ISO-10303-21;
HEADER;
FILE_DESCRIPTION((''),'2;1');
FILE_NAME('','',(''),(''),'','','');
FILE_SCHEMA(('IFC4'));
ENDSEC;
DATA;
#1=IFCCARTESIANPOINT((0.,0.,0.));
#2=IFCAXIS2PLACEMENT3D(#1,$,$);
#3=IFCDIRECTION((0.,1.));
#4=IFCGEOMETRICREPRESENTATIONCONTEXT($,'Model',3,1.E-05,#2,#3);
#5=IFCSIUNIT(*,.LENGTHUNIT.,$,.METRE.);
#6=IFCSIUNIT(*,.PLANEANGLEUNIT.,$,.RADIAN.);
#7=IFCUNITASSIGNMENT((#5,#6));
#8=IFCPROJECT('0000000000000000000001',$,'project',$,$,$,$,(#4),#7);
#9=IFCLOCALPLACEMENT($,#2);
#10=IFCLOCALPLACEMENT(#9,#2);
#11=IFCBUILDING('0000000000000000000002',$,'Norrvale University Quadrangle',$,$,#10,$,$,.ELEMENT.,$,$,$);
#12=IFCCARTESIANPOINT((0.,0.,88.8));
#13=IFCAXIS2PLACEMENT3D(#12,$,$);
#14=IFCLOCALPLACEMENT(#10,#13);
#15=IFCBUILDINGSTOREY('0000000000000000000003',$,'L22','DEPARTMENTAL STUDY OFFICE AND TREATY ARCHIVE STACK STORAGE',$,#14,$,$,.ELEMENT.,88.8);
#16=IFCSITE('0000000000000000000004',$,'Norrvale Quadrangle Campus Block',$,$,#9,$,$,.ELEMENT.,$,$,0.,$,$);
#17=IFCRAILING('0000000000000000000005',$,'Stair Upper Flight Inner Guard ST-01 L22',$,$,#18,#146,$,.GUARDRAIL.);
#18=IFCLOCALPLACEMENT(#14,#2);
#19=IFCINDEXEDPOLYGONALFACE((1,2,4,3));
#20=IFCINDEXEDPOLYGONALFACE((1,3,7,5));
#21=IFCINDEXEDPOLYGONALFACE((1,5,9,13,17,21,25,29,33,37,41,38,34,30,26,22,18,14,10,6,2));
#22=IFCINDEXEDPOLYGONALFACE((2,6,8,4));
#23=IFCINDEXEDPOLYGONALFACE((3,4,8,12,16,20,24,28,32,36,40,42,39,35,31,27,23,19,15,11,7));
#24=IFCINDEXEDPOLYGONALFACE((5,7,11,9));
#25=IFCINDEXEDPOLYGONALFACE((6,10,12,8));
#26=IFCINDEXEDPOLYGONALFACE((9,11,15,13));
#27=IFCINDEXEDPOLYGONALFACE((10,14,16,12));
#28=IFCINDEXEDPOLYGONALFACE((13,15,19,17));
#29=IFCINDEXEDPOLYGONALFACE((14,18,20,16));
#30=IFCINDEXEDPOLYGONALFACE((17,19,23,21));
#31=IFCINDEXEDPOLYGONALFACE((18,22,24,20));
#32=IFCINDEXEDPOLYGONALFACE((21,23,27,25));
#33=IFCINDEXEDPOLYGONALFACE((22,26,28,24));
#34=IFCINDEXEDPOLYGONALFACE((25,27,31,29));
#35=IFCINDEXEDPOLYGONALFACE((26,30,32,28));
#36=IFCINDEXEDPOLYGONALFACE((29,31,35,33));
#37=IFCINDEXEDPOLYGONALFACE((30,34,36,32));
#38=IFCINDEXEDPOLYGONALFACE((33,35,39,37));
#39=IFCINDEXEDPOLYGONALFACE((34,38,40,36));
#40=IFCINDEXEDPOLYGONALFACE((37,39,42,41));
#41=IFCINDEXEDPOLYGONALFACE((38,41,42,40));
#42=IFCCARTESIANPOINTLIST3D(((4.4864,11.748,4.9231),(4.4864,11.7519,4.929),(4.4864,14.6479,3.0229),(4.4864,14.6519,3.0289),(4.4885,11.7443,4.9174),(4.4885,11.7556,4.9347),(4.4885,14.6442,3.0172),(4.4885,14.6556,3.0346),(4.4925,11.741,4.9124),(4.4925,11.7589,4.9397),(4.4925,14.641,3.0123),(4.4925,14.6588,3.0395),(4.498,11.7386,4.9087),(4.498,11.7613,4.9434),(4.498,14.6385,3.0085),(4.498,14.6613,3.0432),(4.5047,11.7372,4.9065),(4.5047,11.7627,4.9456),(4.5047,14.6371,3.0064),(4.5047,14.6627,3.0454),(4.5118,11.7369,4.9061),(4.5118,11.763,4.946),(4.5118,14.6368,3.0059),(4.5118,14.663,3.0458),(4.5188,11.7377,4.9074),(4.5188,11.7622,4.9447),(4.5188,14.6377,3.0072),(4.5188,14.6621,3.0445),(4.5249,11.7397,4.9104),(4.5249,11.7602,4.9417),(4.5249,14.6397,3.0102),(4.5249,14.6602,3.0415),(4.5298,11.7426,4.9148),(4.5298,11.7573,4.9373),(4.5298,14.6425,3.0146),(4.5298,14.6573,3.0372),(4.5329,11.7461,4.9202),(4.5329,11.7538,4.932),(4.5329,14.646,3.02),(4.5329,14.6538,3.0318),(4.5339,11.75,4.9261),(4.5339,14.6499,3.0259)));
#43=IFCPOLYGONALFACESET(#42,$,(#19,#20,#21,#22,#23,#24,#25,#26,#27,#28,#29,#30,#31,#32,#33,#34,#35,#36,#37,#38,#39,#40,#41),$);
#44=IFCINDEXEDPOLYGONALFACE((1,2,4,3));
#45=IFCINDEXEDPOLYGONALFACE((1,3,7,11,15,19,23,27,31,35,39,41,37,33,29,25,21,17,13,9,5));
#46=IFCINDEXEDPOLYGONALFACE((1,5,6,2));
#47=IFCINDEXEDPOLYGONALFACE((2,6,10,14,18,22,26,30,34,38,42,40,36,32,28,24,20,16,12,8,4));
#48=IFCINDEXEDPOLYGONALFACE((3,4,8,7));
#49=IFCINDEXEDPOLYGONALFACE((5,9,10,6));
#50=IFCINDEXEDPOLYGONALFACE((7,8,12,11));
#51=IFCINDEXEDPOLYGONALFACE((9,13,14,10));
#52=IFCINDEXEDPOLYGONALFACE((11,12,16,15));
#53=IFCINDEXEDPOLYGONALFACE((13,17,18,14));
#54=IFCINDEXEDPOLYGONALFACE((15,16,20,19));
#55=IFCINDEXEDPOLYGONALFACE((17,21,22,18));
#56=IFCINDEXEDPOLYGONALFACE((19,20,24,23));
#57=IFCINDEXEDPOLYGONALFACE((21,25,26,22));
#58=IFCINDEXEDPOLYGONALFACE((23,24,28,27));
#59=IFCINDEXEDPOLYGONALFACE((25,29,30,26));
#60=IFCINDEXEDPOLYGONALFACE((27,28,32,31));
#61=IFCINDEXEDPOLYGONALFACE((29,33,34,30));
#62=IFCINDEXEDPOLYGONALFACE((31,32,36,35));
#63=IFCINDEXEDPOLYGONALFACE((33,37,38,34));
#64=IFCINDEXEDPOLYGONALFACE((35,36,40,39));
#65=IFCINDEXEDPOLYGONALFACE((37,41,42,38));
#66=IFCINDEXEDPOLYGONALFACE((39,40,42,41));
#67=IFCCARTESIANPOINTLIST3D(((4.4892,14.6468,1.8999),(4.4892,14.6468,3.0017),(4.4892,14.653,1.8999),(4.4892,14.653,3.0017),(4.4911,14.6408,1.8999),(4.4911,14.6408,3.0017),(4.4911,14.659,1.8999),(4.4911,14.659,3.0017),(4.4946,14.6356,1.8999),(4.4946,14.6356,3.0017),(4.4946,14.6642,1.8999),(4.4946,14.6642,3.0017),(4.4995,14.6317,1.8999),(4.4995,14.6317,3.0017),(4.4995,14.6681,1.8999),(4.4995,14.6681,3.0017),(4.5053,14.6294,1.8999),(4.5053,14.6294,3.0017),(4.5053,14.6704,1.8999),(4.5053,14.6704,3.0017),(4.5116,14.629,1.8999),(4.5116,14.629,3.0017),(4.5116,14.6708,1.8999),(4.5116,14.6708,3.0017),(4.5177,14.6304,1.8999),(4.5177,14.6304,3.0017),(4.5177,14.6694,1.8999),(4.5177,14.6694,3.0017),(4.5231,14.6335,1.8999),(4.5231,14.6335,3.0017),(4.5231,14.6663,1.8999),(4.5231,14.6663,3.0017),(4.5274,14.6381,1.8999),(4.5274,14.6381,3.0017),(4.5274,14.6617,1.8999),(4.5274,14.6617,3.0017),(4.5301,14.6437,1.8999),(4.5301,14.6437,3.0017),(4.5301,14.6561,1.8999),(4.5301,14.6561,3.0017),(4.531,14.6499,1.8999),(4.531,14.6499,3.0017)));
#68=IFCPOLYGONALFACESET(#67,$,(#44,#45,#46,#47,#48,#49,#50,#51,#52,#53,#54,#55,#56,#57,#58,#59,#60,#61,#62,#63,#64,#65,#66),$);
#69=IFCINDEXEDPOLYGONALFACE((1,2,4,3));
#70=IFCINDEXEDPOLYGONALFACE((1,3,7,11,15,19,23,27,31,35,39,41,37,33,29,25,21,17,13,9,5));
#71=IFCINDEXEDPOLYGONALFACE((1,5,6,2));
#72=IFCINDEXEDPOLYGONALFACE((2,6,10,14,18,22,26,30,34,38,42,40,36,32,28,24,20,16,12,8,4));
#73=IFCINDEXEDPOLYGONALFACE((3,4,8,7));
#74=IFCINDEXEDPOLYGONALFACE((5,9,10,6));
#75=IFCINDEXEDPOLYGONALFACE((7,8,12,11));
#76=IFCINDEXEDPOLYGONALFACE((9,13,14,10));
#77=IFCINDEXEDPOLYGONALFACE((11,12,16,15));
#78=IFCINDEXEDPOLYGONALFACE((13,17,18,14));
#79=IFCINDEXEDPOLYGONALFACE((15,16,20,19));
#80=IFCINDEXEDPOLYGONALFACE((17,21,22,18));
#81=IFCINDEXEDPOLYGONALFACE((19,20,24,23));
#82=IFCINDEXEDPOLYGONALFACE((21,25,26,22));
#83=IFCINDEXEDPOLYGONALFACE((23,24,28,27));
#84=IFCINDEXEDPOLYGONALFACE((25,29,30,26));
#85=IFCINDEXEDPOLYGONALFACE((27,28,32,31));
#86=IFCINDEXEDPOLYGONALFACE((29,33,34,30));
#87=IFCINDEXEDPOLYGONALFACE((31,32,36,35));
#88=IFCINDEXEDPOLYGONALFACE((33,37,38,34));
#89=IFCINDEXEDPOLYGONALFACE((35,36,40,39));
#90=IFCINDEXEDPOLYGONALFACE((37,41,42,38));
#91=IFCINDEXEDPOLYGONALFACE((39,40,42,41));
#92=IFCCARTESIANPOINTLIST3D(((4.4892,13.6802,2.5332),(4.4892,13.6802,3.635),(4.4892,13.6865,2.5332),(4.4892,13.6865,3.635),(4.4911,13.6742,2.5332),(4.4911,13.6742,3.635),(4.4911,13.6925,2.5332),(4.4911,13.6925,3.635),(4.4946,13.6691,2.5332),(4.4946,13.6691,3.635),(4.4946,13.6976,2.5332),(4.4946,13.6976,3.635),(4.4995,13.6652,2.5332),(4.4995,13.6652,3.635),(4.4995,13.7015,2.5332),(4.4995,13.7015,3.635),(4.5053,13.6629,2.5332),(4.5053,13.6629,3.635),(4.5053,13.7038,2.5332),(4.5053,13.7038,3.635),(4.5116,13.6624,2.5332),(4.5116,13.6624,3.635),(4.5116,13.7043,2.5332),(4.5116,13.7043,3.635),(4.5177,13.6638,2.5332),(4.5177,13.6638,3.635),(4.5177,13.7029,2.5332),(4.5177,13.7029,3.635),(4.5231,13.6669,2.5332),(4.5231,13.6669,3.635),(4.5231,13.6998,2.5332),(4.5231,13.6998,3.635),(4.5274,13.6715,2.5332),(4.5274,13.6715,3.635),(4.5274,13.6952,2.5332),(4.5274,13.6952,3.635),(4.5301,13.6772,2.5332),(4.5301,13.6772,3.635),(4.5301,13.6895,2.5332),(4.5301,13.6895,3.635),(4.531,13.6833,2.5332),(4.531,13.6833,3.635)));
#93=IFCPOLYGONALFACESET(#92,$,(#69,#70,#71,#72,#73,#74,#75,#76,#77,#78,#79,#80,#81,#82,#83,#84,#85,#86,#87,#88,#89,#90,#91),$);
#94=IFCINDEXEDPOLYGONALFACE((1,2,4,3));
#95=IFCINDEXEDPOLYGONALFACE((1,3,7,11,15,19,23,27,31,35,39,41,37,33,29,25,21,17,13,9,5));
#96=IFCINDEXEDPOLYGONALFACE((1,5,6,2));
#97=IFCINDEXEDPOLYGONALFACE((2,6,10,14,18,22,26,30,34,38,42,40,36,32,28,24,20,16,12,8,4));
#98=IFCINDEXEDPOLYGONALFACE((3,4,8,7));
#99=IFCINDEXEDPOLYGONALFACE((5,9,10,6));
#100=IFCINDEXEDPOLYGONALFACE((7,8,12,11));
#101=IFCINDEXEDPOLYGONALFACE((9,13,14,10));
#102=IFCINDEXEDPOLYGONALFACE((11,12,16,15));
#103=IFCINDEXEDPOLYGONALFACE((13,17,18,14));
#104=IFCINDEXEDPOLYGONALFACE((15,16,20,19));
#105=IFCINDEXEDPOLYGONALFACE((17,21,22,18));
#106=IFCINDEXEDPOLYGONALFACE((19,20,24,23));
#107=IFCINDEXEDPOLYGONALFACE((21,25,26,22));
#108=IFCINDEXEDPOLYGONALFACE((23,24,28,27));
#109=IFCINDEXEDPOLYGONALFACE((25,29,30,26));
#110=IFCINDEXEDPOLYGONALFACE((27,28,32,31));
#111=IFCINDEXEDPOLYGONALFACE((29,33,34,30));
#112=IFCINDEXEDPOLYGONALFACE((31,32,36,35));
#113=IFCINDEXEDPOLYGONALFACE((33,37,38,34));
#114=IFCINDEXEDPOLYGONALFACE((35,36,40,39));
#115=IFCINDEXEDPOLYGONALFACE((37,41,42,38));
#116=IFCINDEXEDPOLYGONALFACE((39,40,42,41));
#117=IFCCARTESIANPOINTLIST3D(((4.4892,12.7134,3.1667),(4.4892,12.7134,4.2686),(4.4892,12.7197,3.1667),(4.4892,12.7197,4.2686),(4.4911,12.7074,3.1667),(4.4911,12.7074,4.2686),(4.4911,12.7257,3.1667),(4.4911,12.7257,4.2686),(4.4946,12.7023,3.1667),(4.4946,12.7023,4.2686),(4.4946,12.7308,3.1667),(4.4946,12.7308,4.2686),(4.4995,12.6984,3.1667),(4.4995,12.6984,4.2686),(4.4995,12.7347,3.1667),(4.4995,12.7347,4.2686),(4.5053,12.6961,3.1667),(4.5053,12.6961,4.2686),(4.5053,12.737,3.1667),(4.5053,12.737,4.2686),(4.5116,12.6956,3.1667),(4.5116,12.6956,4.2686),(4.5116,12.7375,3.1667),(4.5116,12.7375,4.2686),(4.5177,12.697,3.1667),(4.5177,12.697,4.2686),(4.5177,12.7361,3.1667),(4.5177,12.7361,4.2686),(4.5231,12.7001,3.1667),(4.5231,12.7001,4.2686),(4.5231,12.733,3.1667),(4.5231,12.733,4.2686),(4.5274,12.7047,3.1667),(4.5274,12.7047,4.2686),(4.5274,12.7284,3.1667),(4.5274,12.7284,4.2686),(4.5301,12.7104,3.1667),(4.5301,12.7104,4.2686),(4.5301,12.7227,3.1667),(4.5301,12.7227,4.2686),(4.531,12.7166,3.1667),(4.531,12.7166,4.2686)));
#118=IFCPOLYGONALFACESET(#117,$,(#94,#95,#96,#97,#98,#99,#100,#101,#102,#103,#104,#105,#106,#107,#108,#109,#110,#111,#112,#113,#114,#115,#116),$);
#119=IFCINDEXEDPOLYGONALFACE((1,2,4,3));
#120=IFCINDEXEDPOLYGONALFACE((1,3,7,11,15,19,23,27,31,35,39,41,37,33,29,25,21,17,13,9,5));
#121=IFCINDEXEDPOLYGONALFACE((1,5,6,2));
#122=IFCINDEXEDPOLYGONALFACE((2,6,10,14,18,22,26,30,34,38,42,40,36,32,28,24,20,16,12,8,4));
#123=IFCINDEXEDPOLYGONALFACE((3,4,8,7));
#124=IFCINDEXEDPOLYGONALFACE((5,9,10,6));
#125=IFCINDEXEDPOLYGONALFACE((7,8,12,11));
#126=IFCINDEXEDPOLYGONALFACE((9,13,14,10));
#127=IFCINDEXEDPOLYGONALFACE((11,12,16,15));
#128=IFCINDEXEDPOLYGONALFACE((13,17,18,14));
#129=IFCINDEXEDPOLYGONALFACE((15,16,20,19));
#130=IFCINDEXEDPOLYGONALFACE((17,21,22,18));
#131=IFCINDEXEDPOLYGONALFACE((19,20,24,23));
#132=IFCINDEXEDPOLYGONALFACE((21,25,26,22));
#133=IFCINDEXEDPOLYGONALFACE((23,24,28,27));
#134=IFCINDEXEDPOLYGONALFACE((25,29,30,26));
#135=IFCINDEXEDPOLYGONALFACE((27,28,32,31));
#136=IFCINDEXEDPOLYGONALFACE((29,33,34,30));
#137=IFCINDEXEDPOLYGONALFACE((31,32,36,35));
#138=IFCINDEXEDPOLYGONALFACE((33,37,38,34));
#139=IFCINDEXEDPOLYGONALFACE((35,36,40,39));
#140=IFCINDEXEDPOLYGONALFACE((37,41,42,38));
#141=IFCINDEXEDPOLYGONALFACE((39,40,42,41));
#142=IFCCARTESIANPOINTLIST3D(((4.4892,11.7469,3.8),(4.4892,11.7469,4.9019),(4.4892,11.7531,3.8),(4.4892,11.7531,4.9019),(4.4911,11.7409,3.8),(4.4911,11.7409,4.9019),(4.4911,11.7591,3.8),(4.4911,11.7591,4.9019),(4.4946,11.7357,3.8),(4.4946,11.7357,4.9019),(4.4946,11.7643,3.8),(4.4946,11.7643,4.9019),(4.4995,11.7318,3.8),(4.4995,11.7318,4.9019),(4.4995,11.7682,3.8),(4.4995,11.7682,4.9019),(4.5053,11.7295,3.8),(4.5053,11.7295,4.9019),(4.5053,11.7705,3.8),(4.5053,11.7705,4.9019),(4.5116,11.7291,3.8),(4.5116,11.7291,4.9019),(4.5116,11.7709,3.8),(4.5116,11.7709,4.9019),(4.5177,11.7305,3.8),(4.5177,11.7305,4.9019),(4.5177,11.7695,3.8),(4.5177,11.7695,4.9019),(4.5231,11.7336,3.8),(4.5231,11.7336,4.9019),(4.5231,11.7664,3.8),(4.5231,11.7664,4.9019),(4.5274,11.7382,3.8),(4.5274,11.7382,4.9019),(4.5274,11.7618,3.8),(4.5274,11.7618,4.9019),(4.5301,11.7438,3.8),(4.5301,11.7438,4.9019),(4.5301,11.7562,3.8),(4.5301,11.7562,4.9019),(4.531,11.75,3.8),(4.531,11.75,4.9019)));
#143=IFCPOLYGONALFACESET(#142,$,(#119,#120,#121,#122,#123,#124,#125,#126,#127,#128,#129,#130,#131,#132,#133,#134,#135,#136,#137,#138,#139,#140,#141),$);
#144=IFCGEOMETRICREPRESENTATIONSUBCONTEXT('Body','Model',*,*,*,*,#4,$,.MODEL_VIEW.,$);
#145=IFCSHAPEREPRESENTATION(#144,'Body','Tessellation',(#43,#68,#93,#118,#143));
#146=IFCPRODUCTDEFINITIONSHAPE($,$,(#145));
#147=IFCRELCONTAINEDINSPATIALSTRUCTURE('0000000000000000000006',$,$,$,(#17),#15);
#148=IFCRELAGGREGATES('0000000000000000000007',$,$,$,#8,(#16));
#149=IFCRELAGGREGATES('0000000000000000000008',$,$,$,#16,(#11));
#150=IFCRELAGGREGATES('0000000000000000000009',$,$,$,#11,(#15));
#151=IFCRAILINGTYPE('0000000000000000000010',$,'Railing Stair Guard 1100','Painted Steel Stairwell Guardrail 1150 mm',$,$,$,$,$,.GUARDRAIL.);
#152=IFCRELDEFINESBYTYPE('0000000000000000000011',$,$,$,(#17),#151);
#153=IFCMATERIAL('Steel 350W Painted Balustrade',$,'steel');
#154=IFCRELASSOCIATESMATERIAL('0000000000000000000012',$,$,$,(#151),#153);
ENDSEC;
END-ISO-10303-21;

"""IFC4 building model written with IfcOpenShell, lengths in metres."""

from ifc_helpers import new_model, si_unit, direction, frame, origin, origin_2d, place, context, subcontext, project, spatial, circle, extrude, material, type_object, element, save


model = new_model("IFC4")

# Units and contexts
model_context = context("Model", 3, precision=1e-05, world=origin(), true_north=direction((0.0, 1.0)))
body_context = subcontext(model_context, "Body", "Model", "MODEL_VIEW")
ifc_project = project(units=[si_unit("LENGTHUNIT", "METRE"), si_unit("PLANEANGLEUNIT", "RADIAN")], contexts=[model_context])

# Site, building, storey
site_placement = place(None, origin())
site = spatial("IfcSite", under=ifc_project, at=site_placement, Name="Norrvale Quadrangle Campus Block", CompositionType="ELEMENT", RefElevation=0.0)
building_placement = place(site_placement, origin())
building = spatial("IfcBuilding", under=site, at=building_placement, Name="Norrvale University Quadrangle", CompositionType="ELEMENT")
storey_placement = place(building_placement, frame((0.0, 0.0, 88.8)))
storey = spatial("IfcBuildingStorey", under=building, at=storey_placement, Name="L22", Description="DEPARTMENTAL STUDY OFFICE AND TREATY ARCHIVE STACK STORAGE", CompositionType="ELEMENT", Elevation=88.8)

# Railing
ifc_material_1 = material(Name="Steel 350W Painted Balustrade", Category="steel")
railing_type_1 = type_object("IfcRailingType", Name="Railing Stair Guard 1100", Description="Painted Steel Stairwell Guardrail 1150 mm", PredefinedType="GUARDRAIL", material=ifc_material_1)
railing_1_placement = place(storey_placement, frame((4.51, 14.6499, 1.8999)))
element("IfcRailing", 1, at=railing_1_placement, inside=storey, type_object=railing_type_1, Name="Stair Upper Flight Inner Guard ST-01 L22", PredefinedType="GUARDRAIL", context=body_context, shape_type="SweptSolid", body=[
    extrude(circle(Radius=0.0239, at=origin_2d()), frame((0.0, 0.0, 1.126), z_axis=(0.0, -0.836433, 0.548069), x_axis=(1.0, 0.0, 0.0)), (0.0, 0.0, 1.0), 3.467),
    extrude(circle(Radius=0.021, at=origin_2d()), origin(), (0.0, 0.0, 1.0), 1.1018),
    extrude(circle(Radius=0.021, at=origin_2d()), frame((0.0, -0.9666, 0.6333)), (0.0, 0.0, 1.0), 1.1018),
    extrude(circle(Radius=0.021, at=origin_2d()), frame((0.0, -1.9333, 1.2668)), (0.0, 0.0, 1.0), 1.1018),
    extrude(circle(Radius=0.021, at=origin_2d()), frame((0.0, -2.8999, 1.9001)), (0.0, 0.0, 1.0), 1.1018),
])

save(model, "model.ifc")
